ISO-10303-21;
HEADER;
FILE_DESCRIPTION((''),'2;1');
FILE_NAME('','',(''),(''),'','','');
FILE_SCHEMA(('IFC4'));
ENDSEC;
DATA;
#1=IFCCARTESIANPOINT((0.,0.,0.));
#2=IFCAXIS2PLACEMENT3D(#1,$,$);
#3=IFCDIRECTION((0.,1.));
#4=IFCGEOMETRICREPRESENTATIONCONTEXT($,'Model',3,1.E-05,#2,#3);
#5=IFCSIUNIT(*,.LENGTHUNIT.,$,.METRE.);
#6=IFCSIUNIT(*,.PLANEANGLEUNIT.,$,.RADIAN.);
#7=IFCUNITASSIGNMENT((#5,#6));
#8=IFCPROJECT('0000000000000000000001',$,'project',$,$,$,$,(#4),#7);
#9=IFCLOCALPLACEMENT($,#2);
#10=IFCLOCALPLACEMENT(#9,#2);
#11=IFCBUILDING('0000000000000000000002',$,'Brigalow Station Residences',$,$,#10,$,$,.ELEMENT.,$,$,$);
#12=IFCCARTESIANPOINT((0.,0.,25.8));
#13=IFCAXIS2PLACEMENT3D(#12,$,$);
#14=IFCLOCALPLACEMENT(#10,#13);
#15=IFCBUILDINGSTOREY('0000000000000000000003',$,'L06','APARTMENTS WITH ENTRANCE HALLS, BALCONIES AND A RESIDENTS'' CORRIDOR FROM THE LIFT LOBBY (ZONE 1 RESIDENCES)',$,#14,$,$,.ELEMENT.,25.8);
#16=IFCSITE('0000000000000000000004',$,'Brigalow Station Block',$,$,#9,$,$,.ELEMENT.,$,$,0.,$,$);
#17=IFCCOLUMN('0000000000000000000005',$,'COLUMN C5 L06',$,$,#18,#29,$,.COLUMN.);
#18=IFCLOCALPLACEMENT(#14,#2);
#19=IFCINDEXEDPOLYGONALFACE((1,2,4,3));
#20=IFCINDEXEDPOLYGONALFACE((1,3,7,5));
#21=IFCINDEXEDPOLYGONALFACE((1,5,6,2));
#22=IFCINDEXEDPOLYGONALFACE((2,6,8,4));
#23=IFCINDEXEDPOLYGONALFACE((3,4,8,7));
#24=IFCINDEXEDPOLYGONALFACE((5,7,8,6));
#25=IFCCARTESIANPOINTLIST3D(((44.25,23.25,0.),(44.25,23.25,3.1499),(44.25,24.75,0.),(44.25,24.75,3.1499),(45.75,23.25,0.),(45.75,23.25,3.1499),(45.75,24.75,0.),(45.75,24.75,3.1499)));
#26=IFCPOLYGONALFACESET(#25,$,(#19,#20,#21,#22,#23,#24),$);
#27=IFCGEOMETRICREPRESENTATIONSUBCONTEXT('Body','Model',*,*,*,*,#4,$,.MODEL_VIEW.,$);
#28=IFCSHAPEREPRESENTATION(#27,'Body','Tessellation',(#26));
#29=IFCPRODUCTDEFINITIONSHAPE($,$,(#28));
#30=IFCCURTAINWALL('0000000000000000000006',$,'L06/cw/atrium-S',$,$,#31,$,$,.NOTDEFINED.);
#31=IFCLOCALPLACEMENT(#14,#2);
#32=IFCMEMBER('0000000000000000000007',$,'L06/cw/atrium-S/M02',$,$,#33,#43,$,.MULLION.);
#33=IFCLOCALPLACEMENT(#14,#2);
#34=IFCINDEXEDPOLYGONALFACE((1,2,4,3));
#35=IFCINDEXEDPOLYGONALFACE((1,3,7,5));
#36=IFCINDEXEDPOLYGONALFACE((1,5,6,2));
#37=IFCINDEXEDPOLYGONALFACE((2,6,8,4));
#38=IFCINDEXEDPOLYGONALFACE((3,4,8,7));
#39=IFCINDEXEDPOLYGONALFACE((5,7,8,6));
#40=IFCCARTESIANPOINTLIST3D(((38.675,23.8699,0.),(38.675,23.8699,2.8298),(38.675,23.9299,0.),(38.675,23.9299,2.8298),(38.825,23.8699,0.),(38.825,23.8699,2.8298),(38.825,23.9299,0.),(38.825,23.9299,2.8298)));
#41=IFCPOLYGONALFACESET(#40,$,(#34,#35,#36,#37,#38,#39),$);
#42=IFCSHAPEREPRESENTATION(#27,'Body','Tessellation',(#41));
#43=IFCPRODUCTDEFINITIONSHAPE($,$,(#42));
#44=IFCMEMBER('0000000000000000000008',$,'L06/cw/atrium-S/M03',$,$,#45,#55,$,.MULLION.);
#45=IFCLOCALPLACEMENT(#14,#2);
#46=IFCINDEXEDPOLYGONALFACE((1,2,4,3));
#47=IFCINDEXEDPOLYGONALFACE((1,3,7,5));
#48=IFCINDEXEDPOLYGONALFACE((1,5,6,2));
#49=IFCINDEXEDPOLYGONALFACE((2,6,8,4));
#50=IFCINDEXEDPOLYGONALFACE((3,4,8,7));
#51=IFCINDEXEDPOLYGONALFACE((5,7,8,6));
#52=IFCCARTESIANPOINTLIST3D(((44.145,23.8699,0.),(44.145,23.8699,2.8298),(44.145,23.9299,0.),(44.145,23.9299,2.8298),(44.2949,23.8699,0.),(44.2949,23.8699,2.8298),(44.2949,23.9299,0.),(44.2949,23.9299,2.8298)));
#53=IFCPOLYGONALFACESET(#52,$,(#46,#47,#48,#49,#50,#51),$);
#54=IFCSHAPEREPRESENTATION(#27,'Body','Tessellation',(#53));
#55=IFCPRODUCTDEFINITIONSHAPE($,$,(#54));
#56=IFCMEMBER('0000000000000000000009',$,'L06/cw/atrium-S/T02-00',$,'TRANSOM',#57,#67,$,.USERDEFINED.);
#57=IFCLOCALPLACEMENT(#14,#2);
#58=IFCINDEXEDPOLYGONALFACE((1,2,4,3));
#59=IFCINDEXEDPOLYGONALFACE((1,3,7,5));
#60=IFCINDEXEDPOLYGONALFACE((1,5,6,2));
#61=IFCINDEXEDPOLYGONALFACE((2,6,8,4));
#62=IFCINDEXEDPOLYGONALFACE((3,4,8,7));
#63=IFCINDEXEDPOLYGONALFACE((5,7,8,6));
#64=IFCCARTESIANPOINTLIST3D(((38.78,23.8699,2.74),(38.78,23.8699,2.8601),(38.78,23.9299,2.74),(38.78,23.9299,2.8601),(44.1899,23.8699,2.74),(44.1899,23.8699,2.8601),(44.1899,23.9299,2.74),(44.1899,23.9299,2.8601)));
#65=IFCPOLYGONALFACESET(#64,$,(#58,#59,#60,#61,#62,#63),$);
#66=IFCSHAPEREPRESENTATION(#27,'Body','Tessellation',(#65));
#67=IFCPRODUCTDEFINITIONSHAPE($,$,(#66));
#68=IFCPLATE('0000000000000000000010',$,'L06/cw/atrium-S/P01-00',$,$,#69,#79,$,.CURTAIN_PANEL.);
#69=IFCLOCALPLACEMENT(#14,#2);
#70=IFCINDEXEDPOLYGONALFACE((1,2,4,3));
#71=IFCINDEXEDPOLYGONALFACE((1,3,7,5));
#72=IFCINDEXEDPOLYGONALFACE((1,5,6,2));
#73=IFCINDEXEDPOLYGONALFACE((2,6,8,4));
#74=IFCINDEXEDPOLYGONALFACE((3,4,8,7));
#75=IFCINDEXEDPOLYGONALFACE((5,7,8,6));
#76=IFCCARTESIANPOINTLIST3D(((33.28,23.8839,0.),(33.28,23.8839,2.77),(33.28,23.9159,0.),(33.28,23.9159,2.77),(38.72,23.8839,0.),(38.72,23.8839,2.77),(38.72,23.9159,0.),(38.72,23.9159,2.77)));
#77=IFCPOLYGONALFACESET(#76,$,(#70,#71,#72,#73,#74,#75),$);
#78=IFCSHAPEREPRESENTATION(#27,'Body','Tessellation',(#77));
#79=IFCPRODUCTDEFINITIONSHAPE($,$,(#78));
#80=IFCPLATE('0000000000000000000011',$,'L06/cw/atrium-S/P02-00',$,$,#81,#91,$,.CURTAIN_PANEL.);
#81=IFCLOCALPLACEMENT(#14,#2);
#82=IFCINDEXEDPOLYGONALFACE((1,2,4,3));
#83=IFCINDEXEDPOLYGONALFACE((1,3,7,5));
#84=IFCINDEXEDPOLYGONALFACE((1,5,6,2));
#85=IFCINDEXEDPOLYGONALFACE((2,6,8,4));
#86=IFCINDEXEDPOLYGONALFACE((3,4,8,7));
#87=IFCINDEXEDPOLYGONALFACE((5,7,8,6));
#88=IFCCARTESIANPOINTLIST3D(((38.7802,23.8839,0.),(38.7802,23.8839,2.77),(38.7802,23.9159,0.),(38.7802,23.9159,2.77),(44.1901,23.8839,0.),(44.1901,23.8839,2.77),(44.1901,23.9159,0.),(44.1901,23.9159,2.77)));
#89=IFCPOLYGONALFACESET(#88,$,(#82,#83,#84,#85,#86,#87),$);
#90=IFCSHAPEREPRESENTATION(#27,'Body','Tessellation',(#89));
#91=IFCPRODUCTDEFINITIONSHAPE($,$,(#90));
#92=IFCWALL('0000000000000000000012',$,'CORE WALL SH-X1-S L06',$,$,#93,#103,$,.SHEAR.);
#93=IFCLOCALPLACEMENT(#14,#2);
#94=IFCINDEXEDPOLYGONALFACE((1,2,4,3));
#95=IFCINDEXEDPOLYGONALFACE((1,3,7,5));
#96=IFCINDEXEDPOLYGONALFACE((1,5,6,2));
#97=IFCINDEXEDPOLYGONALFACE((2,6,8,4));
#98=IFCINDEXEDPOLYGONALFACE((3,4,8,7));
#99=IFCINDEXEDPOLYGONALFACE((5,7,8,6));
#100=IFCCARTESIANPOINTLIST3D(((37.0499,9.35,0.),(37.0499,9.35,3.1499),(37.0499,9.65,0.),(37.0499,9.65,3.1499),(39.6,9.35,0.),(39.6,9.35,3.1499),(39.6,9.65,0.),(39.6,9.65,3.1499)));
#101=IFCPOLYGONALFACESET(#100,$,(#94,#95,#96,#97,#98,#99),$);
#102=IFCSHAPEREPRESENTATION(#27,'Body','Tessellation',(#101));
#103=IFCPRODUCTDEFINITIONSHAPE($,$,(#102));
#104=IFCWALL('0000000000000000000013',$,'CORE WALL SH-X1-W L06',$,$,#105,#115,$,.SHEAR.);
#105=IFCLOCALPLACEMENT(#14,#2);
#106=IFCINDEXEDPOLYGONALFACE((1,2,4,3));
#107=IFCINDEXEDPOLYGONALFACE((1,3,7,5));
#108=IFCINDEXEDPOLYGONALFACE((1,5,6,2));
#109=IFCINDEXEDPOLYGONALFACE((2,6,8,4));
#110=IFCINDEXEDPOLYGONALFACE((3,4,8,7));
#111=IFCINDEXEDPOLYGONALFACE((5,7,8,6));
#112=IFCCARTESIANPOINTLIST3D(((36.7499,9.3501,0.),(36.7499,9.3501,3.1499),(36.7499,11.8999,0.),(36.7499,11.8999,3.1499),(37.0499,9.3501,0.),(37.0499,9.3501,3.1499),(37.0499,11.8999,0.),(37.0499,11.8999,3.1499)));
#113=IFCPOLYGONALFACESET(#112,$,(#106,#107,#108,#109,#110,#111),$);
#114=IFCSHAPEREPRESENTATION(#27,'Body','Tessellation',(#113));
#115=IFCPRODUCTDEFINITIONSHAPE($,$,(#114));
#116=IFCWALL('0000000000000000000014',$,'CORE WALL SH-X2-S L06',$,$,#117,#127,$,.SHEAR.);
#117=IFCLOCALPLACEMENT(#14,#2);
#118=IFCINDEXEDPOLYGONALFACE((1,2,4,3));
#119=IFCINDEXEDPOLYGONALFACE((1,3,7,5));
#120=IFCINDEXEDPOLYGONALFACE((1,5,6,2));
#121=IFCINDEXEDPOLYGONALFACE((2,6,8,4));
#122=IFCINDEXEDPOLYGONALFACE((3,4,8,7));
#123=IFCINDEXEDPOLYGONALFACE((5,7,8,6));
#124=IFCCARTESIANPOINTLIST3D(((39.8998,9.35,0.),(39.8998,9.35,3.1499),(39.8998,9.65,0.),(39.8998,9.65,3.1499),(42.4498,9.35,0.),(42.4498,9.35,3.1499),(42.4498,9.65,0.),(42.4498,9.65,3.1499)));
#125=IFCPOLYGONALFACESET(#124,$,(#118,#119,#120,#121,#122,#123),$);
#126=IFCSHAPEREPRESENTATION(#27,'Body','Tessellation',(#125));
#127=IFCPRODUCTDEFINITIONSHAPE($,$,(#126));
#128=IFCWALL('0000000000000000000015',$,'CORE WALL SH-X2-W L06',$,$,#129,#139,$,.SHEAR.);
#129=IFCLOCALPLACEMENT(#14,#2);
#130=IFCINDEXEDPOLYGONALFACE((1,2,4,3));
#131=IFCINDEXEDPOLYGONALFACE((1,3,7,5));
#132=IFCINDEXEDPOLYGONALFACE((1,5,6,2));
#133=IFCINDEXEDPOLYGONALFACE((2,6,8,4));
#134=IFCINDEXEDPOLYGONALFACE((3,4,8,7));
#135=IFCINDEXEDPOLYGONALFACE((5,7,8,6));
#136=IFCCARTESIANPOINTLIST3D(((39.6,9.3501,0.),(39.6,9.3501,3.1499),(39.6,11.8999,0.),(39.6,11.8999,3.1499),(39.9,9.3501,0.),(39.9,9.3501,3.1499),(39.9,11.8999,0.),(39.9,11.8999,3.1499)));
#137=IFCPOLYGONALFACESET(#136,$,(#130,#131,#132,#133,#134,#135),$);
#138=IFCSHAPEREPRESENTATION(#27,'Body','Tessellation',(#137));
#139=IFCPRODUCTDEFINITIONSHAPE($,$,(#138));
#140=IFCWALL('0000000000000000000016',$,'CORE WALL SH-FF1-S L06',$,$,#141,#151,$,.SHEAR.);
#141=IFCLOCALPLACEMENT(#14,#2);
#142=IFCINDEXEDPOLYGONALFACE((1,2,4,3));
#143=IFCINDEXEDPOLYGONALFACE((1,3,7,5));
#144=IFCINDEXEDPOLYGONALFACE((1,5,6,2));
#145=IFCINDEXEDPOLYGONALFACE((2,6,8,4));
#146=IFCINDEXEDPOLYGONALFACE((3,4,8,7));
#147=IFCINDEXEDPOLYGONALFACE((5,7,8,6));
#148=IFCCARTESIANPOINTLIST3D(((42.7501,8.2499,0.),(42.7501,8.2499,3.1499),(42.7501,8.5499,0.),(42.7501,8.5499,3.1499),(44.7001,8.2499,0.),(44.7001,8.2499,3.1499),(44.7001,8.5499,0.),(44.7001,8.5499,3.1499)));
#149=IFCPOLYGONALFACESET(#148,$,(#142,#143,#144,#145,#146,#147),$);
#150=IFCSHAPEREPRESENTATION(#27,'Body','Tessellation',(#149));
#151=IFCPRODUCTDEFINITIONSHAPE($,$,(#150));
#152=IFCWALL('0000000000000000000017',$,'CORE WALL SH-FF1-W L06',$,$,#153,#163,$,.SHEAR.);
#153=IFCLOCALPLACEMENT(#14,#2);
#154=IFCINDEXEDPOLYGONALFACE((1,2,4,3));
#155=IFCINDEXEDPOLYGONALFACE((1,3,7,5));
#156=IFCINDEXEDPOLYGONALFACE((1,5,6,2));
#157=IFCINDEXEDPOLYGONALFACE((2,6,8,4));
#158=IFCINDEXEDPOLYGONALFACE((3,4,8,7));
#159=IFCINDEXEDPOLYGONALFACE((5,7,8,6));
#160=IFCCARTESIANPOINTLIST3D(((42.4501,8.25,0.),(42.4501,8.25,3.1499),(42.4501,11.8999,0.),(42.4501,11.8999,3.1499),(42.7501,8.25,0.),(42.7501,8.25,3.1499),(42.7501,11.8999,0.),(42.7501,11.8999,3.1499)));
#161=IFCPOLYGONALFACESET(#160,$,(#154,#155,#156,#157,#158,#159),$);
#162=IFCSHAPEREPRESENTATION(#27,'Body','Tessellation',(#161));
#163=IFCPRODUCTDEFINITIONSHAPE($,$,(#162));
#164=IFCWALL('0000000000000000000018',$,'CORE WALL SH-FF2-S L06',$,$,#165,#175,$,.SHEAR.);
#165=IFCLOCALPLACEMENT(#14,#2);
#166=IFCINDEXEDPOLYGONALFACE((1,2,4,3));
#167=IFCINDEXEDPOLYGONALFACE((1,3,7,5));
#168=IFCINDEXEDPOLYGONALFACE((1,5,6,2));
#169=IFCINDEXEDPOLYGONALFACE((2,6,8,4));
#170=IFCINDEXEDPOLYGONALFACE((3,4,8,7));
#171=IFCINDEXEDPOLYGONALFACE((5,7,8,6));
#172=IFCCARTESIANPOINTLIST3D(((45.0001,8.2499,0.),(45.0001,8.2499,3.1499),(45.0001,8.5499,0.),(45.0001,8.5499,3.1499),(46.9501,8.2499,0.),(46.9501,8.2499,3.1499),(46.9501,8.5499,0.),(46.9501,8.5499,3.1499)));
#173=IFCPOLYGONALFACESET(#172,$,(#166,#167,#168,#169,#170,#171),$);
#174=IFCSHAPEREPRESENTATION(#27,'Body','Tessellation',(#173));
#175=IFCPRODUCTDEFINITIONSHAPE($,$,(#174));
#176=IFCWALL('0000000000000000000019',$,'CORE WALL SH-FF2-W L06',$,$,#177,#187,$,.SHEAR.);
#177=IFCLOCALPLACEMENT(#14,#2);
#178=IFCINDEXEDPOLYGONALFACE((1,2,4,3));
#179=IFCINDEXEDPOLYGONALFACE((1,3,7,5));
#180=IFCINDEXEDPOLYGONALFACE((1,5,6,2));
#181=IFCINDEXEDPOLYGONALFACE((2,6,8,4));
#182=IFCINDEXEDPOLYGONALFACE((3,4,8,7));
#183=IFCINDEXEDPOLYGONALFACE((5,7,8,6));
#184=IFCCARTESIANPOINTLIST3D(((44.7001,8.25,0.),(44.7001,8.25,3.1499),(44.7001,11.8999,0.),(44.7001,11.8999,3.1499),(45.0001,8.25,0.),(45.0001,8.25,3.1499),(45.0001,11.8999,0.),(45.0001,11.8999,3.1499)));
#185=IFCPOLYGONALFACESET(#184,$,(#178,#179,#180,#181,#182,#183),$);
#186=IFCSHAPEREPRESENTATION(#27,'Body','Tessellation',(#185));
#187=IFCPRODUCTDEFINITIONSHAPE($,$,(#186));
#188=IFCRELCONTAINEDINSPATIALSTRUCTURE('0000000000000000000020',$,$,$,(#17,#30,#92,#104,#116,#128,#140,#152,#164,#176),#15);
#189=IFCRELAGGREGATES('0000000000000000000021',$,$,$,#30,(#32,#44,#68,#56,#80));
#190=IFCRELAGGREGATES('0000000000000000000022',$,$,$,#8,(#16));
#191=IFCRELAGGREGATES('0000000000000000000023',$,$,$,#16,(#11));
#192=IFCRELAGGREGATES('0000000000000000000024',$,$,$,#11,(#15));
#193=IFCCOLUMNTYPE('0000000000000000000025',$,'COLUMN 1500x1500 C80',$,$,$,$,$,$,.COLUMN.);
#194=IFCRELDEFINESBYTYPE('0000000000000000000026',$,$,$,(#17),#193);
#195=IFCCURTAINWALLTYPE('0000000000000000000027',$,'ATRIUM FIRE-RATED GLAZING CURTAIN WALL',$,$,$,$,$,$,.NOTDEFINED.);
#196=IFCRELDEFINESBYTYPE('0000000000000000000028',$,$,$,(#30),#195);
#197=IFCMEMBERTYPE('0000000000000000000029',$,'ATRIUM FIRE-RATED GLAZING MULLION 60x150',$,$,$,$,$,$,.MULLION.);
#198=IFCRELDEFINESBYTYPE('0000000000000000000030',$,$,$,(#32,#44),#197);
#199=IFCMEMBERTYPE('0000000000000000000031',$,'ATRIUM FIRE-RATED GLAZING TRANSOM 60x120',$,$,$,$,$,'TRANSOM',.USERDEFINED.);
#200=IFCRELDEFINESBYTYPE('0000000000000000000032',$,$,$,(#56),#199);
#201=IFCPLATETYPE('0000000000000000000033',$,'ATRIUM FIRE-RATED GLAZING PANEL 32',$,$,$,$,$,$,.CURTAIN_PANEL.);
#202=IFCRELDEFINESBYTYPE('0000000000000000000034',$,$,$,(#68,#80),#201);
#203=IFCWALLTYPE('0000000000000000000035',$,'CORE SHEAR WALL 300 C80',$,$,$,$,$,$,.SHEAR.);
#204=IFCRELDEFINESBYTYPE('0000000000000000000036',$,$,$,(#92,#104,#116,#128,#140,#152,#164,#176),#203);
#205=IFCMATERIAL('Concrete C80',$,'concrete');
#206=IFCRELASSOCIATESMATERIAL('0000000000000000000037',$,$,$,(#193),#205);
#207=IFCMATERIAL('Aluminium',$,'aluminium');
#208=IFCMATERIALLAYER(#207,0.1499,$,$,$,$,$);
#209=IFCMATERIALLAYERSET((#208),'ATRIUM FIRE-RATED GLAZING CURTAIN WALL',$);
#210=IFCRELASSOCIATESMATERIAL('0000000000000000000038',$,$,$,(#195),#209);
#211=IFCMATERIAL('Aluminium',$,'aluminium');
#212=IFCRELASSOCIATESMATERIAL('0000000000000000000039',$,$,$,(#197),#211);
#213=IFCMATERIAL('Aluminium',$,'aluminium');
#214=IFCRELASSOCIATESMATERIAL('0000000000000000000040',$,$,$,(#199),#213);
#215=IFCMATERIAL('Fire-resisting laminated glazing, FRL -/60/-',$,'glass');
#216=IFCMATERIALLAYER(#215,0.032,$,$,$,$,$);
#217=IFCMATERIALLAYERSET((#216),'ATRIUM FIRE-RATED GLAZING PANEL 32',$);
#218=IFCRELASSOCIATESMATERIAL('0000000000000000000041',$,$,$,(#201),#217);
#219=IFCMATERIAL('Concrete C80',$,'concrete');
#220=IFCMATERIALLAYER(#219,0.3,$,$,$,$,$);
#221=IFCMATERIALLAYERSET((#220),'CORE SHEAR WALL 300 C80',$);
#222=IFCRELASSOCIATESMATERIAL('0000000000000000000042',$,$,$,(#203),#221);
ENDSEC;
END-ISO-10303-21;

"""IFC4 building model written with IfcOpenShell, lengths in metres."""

from ifc_helpers import new_model, si_unit, direction, frame, frame_2d, origin, origin_2d, place, context, subcontext, project, spatial, rectangle, extrude, material, layer, layer_set, material_profile, profile_set, type_object, element, aggregate, save


model = new_model("IFC4")

# Units and contexts
model_context = context("Model", 3, precision=1e-05, world=origin(), true_north=direction((0.0, 1.0)))
body_context = subcontext(model_context, "Body", "Model", "MODEL_VIEW")
ifc_project = project(units=[si_unit("LENGTHUNIT", "METRE"), si_unit("PLANEANGLEUNIT", "RADIAN")], contexts=[model_context])

# Site, building, storey
site_placement = place(None, origin())
site = spatial("IfcSite", under=ifc_project, at=site_placement, Name="Brigalow Station Block", CompositionType="ELEMENT", RefElevation=0.0)
building_placement = place(site_placement, origin())
building = spatial("IfcBuilding", under=site, at=building_placement, Name="Brigalow Station Residences", CompositionType="ELEMENT")
storey_placement = place(building_placement, frame((0.0, 0.0, 25.8)))
storey = spatial("IfcBuildingStorey", under=building, at=storey_placement, Name="L06", Description="APARTMENTS WITH ENTRANCE HALLS, BALCONIES AND A RESIDENTS' CORRIDOR FROM THE LIFT LOBBY (ZONE 1 RESIDENCES)", CompositionType="ELEMENT", Elevation=25.8)

# Column
ifc_material_1 = material(Name="Concrete C80", Category="concrete")
ifc_material_profile_1 = material_profile(ifc_material_1, rectangle(XDim=1.5, YDim=1.5, at=origin_2d()), Name="RC1500x1500")
ifc_profile_set_1 = profile_set([ifc_material_profile_1], Name="Concrete C80")
column_type = type_object("IfcColumnType", Name="COLUMN 1500x1500 C80", PredefinedType="COLUMN", material=ifc_profile_set_1)
column_placement = place(storey_placement, frame((45.0, 24.0, 0.0), z_axis=(0.0, 0.0, 1.0), x_axis=(1.0, 0.0, 0.0)))
element("IfcColumn", 1, at=column_placement, inside=storey, type_object=column_type, Name="COLUMN C5 L06", PredefinedType="COLUMN", context=body_context, shape_type="SweptSolid", body=[
    extrude(rectangle(XDim=1.5, YDim=1.5, at=origin_2d()), origin(), (0.0, 0.0, 1.0), 3.1499),
])

# Curtain wall, members, plates
ifc_material_2 = material(Name="Aluminium", Category="aluminium")
ifc_layer_1 = layer(ifc_material_2, 0.1499)
ifc_layer_set_1 = layer_set([ifc_layer_1], Name="ATRIUM FIRE-RATED GLAZING CURTAIN WALL")
curtain_wall_type = type_object("IfcCurtainWallType", Name="ATRIUM FIRE-RATED GLAZING CURTAIN WALL", PredefinedType="NOTDEFINED", material=ifc_layer_set_1)
curtain_wall_placement = place(storey_placement, origin())
curtain_wall = element("IfcCurtainWall", 2, at=curtain_wall_placement, inside=storey, type_object=curtain_wall_type, Name="L06/cw/atrium-S", PredefinedType="NOTDEFINED")
ifc_material_3 = material(Name="Aluminium", Category="aluminium")
ifc_material_profile_2 = material_profile(ifc_material_3, rectangle(XDim=0.0601, YDim=0.1499, at=origin_2d()), Name="ATRIUM FIRE-RATED GLAZING MULLION 60x150")
ifc_profile_set_2 = profile_set([ifc_material_profile_2], Name="Aluminium")
member_type_1 = type_object("IfcMemberType", Name="ATRIUM FIRE-RATED GLAZING MULLION 60x150", PredefinedType="MULLION", material=ifc_profile_set_2)
member_1_placement = place(storey_placement, frame((38.75, 23.8999, 0.0), z_axis=(0.0, 0.0, 1.0), x_axis=(0.0, 1.0, 0.0)))
member_1 = element("IfcMember", 3, at=member_1_placement, type_object=member_type_1, Name="L06/cw/atrium-S/M02", PredefinedType="MULLION", context=body_context, shape_type="SweptSolid", body=[
    extrude(rectangle(XDim=0.0601, YDim=0.1499, at=origin_2d()), origin(), (0.0, 0.0, 1.0), 2.8298),
])
member_2_placement = place(storey_placement, frame((44.22, 23.8999, 0.0), z_axis=(0.0, 0.0, 1.0), x_axis=(0.0, 1.0, 0.0)))
member_2 = element("IfcMember", 4, at=member_2_placement, type_object=member_type_1, Name="L06/cw/atrium-S/M03", PredefinedType="MULLION", context=body_context, shape_type="SweptSolid", body=[
    extrude(rectangle(XDim=0.0601, YDim=0.1499, at=origin_2d()), origin(), (0.0, 0.0, 1.0), 2.8298),
])
ifc_material_4 = material(Name="Aluminium", Category="aluminium")
ifc_material_profile_3 = material_profile(ifc_material_4, rectangle(XDim=0.0601, YDim=0.1201, at=origin_2d()), Name="ATRIUM FIRE-RATED GLAZING TRANSOM 60x120")
ifc_profile_set_3 = profile_set([ifc_material_profile_3], Name="Aluminium")
member_type_2 = type_object("IfcMemberType", Name="ATRIUM FIRE-RATED GLAZING TRANSOM 60x120", ElementType="TRANSOM", PredefinedType="USERDEFINED", material=ifc_profile_set_3)
member_3_placement = place(storey_placement, frame((38.78, 23.8999, 2.8), z_axis=(1.0, 0.0, 0.0), x_axis=(0.0, 1.0, 0.0)))
member_3 = element("IfcMember", 5, at=member_3_placement, type_object=member_type_2, Name="L06/cw/atrium-S/T02-00", ObjectType="TRANSOM", PredefinedType="USERDEFINED", context=body_context, shape_type="SweptSolid", body=[
    extrude(rectangle(XDim=0.0601, YDim=0.1201, at=origin_2d()), origin(), (0.0, 0.0, 1.0), 5.4099),
])
ifc_material_5 = material(Name="Fire-resisting laminated glazing, FRL -/60/-", Category="glass")
ifc_layer_2 = layer(ifc_material_5, 0.032)
ifc_layer_set_2 = layer_set([ifc_layer_2], Name="ATRIUM FIRE-RATED GLAZING PANEL 32")
plate_type = type_object("IfcPlateType", Name="ATRIUM FIRE-RATED GLAZING PANEL 32", PredefinedType="CURTAIN_PANEL", material=ifc_layer_set_2)
plate_1_placement = place(storey_placement, frame((36.0, 23.8999, 0.0), z_axis=(0.0, 0.0, 1.0), x_axis=(1.0, 0.0, 0.0)))
plate_1 = element("IfcPlate", 6, at=plate_1_placement, type_object=plate_type, Name="L06/cw/atrium-S/P01-00", PredefinedType="CURTAIN_PANEL", context=body_context, shape_type="SweptSolid", body=[
    extrude(rectangle(XDim=5.4399, YDim=0.032, at=origin_2d()), origin(), (0.0, 0.0, 1.0), 2.77),
])
plate_2_placement = place(storey_placement, frame((41.4851, 23.8999, 0.0), z_axis=(0.0, 0.0, 1.0), x_axis=(1.0, 0.0, 0.0)))
plate_2 = element("IfcPlate", 7, at=plate_2_placement, type_object=plate_type, Name="L06/cw/atrium-S/P02-00", PredefinedType="CURTAIN_PANEL", context=body_context, shape_type="SweptSolid", body=[
    extrude(rectangle(XDim=5.4099, YDim=0.032, at=origin_2d()), origin(), (0.0, 0.0, 1.0), 2.77),
])
aggregate(curtain_wall, [member_1, member_2, plate_1, member_3, plate_2])

# Walls
ifc_material_6 = material(Name="Concrete C80", Category="concrete")
ifc_layer_3 = layer(ifc_material_6, 0.3)
ifc_layer_set_3 = layer_set([ifc_layer_3], Name="CORE SHEAR WALL 300 C80")
wall_type_1 = type_object("IfcWallType", Name="CORE SHEAR WALL 300 C80", PredefinedType="SHEAR", material=ifc_layer_set_3)
wall_1_placement = place(storey_placement, frame((37.05, 9.5, 0.0), z_axis=(0.0, 0.0, 1.0), x_axis=(1.0, 0.0, 0.0)))
element("IfcWall", 8, at=wall_1_placement, inside=storey, type_object=wall_type_1, Name="CORE WALL SH-X1-S L06", PredefinedType="SHEAR", context=body_context, shape_type="SweptSolid", body=[
    extrude(rectangle(XDim=2.55, YDim=0.3, at=frame_2d((1.2749, 0.0))), origin(), (0.0, 0.0, 1.0), 3.1499),
])
wall_2_placement = place(storey_placement, frame((36.8999, 9.3501, 0.0), z_axis=(0.0, 0.0, 1.0), x_axis=(0.0, 1.0, 0.0)))
element("IfcWall", 9, at=wall_2_placement, inside=storey, type_object=wall_type_1, Name="CORE WALL SH-X1-W L06", PredefinedType="SHEAR", context=body_context, shape_type="SweptSolid", body=[
    extrude(rectangle(XDim=2.5498, YDim=0.3, at=frame_2d((1.2749, 0.0))), origin(), (0.0, 0.0, 1.0), 3.1499),
])
wall_3_placement = place(storey_placement, frame((39.8999, 9.5, 0.0), z_axis=(0.0, 0.0, 1.0), x_axis=(1.0, 0.0, 0.0)))
element("IfcWall", 10, at=wall_3_placement, inside=storey, type_object=wall_type_1, Name="CORE WALL SH-X2-S L06", PredefinedType="SHEAR", context=body_context, shape_type="SweptSolid", body=[
    extrude(rectangle(XDim=2.55, YDim=0.3, at=frame_2d((1.2749, 0.0))), origin(), (0.0, 0.0, 1.0), 3.1499),
])
wall_4_placement = place(storey_placement, frame((39.75, 9.3501, 0.0), z_axis=(0.0, 0.0, 1.0), x_axis=(0.0, 1.0, 0.0)))
element("IfcWall", 11, at=wall_4_placement, inside=storey, type_object=wall_type_1, Name="CORE WALL SH-X2-W L06", PredefinedType="SHEAR", context=body_context, shape_type="SweptSolid", body=[
    extrude(rectangle(XDim=2.5498, YDim=0.3, at=frame_2d((1.2749, 0.0))), origin(), (0.0, 0.0, 1.0), 3.1499),
])
wall_5_placement = place(storey_placement, frame((42.75, 8.3999, 0.0), z_axis=(0.0, 0.0, 1.0), x_axis=(1.0, 0.0, 0.0)))
element("IfcWall", 12, at=wall_5_placement, inside=storey, type_object=wall_type_1, Name="CORE WALL SH-FF1-S L06", PredefinedType="SHEAR", context=body_context, shape_type="SweptSolid", body=[
    extrude(rectangle(XDim=1.95, YDim=0.3, at=frame_2d((0.9751, 0.0))), origin(), (0.0, 0.0, 1.0), 3.1499),
])
wall_6_placement = place(storey_placement, frame((42.6001, 8.25, 0.0), z_axis=(0.0, 0.0, 1.0), x_axis=(0.0, 1.0, 0.0)))
element("IfcWall", 13, at=wall_6_placement, inside=storey, type_object=wall_type_1, Name="CORE WALL SH-FF1-W L06", PredefinedType="SHEAR", context=body_context, shape_type="SweptSolid", body=[
    extrude(rectangle(XDim=3.6499, YDim=0.3, at=frame_2d((1.825, 0.0))), origin(), (0.0, 0.0, 1.0), 3.1499),
])
wall_7_placement = place(storey_placement, frame((45.0, 8.3999, 0.0), z_axis=(0.0, 0.0, 1.0), x_axis=(1.0, 0.0, 0.0)))
element("IfcWall", 14, at=wall_7_placement, inside=storey, type_object=wall_type_1, Name="CORE WALL SH-FF2-S L06", PredefinedType="SHEAR", context=body_context, shape_type="SweptSolid", body=[
    extrude(rectangle(XDim=1.95, YDim=0.3, at=frame_2d((0.9751, 0.0))), origin(), (0.0, 0.0, 1.0), 3.1499),
])
wall_8_placement = place(storey_placement, frame((44.8501, 8.25, 0.0), z_axis=(0.0, 0.0, 1.0), x_axis=(0.0, 1.0, 0.0)))
element("IfcWall", 15, at=wall_8_placement, inside=storey, type_object=wall_type_1, Name="CORE WALL SH-FF2-W L06", PredefinedType="SHEAR", context=body_context, shape_type="SweptSolid", body=[
    extrude(rectangle(XDim=3.6499, YDim=0.3, at=frame_2d((1.825, 0.0))), origin(), (0.0, 0.0, 1.0), 3.1499),
])

save(model, "model.ifc")
